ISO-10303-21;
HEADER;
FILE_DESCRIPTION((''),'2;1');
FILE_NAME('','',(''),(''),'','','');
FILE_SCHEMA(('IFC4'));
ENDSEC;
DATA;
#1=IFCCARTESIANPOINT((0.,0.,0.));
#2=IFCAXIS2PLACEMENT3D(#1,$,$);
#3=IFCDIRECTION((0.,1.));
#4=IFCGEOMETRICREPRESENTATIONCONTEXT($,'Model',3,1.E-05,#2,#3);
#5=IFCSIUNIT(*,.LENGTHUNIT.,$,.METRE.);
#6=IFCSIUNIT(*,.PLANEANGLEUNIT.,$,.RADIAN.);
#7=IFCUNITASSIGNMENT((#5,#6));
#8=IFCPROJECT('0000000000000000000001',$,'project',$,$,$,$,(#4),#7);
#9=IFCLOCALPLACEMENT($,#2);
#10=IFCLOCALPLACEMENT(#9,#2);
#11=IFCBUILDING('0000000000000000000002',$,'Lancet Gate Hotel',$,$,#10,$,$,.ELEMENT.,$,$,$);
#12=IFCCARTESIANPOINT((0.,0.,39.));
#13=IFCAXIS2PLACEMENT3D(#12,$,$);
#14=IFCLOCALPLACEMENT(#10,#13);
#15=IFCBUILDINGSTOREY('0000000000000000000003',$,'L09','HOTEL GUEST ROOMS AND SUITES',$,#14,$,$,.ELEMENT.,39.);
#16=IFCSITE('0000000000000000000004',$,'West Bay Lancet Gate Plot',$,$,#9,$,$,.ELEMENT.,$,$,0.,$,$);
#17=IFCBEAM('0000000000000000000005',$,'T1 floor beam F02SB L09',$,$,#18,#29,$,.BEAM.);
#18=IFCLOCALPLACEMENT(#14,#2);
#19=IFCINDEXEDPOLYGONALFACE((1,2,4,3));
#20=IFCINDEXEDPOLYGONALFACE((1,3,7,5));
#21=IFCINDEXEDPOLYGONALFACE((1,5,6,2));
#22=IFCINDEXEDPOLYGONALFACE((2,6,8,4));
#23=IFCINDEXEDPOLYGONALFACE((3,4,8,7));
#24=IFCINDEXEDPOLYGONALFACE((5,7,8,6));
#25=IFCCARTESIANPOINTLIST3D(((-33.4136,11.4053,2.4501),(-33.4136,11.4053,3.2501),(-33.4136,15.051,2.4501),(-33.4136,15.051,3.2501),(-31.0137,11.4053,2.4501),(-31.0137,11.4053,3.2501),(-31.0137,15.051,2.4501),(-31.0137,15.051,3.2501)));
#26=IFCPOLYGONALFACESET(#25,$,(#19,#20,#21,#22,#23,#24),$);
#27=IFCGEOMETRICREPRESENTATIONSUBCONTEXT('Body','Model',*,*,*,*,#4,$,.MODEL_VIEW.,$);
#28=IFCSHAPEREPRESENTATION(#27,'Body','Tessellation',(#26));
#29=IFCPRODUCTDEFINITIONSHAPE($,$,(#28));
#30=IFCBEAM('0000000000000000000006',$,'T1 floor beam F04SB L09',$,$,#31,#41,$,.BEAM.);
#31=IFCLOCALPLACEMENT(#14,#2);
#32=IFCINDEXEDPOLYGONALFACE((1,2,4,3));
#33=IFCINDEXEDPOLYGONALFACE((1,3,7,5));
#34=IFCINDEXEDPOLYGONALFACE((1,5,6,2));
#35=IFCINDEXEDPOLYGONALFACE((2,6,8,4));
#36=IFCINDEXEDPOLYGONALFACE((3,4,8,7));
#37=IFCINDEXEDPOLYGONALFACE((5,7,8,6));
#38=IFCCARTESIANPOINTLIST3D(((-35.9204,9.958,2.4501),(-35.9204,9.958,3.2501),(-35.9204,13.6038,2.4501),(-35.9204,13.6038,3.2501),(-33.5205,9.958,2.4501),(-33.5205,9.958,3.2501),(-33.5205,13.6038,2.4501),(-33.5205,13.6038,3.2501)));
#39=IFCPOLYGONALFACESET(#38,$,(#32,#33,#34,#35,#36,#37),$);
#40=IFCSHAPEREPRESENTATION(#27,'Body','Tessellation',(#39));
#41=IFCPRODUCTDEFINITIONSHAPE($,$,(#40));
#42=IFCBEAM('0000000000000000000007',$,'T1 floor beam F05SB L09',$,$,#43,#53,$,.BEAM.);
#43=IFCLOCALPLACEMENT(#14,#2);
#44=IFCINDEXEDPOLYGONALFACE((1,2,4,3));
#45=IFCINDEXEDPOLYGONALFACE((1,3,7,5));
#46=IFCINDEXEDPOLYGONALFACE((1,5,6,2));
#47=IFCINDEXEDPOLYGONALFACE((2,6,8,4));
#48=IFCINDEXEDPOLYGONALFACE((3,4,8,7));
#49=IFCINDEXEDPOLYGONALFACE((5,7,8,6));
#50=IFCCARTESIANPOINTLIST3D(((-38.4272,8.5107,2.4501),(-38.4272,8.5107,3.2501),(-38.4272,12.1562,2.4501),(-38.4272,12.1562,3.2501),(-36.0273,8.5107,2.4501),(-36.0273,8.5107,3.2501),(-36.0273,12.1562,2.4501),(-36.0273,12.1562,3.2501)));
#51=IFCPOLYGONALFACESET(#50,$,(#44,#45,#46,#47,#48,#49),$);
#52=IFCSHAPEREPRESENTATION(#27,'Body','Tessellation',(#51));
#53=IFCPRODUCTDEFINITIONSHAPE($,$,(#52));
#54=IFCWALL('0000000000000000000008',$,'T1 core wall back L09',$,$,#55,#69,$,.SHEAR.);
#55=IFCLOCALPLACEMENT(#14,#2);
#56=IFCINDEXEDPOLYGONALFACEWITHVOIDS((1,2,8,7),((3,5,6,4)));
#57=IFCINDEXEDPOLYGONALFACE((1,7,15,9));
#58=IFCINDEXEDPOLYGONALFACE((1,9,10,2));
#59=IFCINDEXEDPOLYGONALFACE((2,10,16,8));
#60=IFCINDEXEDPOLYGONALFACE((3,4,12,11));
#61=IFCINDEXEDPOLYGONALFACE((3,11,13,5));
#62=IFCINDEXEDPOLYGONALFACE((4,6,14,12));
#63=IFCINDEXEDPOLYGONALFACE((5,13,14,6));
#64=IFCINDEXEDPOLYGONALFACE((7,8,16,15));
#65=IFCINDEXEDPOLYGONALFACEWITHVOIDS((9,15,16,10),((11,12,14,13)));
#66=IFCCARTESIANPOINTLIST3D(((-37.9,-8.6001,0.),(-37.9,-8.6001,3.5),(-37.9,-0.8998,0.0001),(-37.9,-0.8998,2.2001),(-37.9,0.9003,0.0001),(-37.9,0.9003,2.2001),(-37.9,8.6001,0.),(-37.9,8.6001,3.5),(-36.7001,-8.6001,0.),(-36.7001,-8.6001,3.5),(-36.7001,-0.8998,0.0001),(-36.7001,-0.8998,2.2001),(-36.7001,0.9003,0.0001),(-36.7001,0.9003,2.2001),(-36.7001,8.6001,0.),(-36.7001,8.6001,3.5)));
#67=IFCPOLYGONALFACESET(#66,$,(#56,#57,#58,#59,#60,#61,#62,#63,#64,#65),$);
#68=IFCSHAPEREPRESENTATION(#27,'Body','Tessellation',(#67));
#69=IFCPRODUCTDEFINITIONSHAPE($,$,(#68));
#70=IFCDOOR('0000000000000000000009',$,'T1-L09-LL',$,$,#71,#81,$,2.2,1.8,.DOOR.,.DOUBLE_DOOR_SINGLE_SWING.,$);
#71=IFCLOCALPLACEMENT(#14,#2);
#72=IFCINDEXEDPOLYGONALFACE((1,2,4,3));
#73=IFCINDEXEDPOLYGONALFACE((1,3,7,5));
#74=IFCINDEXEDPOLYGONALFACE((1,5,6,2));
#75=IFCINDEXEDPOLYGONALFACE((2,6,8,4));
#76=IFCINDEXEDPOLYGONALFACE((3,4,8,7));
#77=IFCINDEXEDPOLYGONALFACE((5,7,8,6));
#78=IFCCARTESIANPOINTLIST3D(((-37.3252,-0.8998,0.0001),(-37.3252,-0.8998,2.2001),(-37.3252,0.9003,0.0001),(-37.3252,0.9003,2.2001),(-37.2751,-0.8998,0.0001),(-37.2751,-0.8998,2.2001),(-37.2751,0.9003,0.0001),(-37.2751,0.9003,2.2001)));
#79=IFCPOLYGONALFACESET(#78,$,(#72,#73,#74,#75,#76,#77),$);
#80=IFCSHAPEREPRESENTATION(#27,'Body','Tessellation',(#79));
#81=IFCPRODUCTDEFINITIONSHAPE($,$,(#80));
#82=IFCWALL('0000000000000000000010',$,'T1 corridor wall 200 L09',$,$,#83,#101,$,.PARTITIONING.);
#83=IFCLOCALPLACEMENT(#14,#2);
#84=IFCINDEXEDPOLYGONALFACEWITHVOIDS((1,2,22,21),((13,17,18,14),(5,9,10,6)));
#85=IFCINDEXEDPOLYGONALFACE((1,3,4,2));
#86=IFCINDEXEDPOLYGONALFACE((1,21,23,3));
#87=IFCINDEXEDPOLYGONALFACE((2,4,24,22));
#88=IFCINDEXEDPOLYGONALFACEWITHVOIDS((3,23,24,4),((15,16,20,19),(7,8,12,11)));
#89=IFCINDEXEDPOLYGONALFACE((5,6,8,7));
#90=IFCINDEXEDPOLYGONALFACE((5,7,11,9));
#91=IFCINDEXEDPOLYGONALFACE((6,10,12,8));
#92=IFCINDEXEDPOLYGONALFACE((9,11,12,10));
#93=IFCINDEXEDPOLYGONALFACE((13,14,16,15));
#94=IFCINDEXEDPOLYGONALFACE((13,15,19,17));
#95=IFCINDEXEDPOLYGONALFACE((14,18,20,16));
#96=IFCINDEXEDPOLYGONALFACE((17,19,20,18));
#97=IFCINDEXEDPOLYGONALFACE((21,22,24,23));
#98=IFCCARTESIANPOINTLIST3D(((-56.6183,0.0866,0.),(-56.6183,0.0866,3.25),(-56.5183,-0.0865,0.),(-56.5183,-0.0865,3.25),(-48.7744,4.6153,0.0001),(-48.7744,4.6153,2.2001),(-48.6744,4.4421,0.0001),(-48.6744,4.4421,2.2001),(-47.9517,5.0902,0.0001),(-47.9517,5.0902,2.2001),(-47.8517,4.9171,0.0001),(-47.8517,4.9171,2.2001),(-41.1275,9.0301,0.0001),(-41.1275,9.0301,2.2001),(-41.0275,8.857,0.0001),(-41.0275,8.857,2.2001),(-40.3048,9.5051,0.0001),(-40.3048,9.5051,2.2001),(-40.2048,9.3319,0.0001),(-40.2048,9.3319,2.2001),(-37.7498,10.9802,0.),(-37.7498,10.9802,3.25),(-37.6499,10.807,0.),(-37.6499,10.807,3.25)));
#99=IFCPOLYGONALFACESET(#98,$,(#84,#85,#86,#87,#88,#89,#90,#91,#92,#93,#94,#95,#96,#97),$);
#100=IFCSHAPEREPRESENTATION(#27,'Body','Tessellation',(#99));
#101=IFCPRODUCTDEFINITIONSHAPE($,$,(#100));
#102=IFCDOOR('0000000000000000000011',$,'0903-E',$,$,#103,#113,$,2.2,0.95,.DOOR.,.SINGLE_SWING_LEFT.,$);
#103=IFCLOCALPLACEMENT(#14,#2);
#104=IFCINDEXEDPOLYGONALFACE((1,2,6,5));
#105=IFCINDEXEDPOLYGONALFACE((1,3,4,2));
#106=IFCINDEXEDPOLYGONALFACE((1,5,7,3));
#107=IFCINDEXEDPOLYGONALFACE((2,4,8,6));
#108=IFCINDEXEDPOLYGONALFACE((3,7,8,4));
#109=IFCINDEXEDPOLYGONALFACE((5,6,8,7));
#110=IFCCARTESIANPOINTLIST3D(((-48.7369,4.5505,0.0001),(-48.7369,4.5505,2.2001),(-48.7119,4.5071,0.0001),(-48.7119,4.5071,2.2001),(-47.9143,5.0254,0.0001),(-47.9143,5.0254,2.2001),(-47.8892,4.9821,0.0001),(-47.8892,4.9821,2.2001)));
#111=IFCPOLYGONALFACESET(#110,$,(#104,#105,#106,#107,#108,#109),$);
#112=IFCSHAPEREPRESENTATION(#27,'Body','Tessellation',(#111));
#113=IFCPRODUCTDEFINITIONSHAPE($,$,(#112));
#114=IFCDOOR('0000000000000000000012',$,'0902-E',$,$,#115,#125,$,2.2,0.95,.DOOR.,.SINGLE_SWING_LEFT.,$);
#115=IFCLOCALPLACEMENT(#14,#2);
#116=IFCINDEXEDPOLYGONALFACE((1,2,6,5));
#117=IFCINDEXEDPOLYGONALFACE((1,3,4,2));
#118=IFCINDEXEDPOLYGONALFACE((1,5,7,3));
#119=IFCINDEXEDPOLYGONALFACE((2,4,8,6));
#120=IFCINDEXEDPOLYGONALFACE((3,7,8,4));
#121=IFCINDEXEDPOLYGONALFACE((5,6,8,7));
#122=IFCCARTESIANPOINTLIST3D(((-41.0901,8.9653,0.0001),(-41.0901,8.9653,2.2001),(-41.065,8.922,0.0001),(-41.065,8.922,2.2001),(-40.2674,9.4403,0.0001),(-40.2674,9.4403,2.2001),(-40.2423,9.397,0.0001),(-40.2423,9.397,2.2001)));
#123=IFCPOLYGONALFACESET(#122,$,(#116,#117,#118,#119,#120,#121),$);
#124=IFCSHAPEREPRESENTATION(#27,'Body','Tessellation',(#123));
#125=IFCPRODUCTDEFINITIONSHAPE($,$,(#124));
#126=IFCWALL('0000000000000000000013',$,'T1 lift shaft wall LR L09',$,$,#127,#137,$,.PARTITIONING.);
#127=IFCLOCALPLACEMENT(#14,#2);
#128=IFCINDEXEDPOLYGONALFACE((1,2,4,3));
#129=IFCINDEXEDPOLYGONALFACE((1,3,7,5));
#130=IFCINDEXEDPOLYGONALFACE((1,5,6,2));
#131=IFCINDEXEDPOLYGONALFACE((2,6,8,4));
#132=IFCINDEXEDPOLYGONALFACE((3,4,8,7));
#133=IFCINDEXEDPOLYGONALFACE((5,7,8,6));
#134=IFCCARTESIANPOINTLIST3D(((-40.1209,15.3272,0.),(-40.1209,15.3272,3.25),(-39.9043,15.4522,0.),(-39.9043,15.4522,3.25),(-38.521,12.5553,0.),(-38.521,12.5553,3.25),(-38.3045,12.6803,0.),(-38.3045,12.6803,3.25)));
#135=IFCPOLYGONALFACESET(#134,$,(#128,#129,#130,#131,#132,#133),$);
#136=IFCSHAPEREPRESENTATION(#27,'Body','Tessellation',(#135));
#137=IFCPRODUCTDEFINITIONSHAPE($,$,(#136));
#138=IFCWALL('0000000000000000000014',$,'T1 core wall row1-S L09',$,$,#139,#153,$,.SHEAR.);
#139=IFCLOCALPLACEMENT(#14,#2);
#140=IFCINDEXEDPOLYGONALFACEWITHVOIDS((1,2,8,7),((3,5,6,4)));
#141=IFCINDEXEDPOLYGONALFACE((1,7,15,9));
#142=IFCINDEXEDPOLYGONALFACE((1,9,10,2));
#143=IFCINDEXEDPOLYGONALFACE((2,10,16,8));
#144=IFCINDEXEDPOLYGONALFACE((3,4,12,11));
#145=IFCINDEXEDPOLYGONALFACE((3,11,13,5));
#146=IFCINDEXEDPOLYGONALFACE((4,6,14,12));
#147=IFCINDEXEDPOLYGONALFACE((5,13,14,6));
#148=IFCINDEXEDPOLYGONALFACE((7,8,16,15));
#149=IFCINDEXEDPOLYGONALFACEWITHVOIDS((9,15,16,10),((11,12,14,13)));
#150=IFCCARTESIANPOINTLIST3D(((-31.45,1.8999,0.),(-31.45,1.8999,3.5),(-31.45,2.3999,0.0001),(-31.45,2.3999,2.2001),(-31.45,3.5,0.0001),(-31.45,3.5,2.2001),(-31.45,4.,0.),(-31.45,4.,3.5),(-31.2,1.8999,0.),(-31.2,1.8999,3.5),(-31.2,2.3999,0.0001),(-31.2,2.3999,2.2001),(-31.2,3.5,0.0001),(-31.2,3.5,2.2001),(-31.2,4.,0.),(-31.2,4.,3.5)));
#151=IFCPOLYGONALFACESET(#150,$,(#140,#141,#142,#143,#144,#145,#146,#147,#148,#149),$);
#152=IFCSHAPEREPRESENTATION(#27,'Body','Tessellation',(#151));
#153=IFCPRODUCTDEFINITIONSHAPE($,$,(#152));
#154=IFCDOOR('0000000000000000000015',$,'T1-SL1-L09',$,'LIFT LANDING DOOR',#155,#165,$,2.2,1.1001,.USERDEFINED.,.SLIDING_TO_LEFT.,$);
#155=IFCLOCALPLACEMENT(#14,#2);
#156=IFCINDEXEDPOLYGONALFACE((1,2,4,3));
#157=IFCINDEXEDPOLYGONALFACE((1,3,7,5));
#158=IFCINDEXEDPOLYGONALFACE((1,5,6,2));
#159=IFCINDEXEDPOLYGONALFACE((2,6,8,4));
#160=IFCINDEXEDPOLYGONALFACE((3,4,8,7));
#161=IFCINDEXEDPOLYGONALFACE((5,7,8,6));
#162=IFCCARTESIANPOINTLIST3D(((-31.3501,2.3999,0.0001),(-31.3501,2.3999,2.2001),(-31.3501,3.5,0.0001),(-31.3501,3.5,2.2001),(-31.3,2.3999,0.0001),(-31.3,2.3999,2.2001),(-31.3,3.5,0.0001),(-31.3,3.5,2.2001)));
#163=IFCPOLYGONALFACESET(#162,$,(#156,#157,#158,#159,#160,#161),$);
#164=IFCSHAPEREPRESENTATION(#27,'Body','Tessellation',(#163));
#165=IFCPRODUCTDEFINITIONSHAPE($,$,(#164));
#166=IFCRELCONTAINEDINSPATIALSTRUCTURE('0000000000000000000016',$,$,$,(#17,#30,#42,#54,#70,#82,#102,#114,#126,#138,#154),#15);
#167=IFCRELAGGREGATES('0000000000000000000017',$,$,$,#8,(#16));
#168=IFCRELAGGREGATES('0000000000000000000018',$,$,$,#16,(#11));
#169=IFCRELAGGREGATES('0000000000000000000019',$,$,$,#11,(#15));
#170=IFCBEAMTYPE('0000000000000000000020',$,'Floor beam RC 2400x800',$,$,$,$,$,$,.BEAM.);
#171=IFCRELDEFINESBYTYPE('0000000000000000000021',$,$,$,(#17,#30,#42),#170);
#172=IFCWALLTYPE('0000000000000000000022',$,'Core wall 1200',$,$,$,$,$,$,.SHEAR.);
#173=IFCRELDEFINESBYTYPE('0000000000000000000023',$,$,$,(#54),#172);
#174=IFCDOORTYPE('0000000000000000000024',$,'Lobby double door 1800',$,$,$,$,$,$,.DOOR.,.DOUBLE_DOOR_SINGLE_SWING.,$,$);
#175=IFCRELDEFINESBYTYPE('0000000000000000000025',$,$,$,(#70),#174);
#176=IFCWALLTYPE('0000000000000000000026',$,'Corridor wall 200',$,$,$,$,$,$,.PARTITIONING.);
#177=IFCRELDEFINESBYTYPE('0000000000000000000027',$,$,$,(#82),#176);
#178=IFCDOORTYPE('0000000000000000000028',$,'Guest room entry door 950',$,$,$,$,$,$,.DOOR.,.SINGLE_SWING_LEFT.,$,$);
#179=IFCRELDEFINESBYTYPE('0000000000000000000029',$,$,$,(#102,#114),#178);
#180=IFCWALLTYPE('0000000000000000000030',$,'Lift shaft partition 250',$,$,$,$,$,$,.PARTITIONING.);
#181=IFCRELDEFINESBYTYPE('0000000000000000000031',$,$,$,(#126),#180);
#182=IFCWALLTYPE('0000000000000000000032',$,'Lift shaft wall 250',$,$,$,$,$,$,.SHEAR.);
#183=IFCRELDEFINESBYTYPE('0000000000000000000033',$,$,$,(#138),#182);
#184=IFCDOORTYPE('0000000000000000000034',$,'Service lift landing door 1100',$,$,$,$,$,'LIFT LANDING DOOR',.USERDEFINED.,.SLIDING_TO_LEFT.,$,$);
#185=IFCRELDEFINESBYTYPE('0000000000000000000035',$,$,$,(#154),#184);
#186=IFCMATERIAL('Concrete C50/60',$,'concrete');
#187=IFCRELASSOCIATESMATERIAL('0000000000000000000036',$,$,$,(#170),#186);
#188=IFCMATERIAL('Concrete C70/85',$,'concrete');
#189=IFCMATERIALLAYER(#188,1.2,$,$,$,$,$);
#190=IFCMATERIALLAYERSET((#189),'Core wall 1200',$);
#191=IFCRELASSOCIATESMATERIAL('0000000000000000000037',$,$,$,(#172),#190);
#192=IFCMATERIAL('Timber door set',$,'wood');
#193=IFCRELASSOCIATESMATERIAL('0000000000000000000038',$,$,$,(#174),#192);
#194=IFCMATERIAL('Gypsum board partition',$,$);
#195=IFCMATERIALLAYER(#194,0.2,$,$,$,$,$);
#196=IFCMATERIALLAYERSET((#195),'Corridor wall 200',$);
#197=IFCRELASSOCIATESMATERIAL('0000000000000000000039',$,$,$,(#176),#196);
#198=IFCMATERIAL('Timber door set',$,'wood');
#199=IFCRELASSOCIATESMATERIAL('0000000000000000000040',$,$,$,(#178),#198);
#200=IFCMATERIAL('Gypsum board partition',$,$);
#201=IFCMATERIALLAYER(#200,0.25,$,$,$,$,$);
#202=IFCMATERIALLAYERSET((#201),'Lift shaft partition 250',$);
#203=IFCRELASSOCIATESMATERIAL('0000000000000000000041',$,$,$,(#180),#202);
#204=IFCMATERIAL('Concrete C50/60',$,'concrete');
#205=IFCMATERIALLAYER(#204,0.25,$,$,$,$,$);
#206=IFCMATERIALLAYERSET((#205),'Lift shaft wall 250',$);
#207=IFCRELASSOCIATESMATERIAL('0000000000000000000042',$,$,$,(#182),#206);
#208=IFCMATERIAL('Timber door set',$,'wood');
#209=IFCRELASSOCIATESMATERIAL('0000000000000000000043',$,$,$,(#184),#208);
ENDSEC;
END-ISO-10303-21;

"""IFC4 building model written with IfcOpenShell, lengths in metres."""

from ifc_helpers import new_model, si_unit, direction, frame, frame_2d, origin, origin_2d, place, context, subcontext, project, spatial, rectangle, extrude, material, layer, layer_set, material_profile, profile_set, type_object, element, fill, save


model = new_model("IFC4")

# Units and contexts
model_context = context("Model", 3, precision=1e-05, world=origin(), true_north=direction((0.0, 1.0)))
body_context = subcontext(model_context, "Body", "Model", "MODEL_VIEW")
ifc_project = project(units=[si_unit("LENGTHUNIT", "METRE"), si_unit("PLANEANGLEUNIT", "RADIAN")], contexts=[model_context])

# Site, building, storey
site_placement = place(None, origin())
site = spatial("IfcSite", under=ifc_project, at=site_placement, Name="West Bay Lancet Gate Plot", CompositionType="ELEMENT", RefElevation=0.0)
building_placement = place(site_placement, origin())
building = spatial("IfcBuilding", under=site, at=building_placement, Name="Lancet Gate Hotel", CompositionType="ELEMENT")
storey_placement = place(building_placement, frame((0.0, 0.0, 39.0)))
storey = spatial("IfcBuildingStorey", under=building, at=storey_placement, Name="L09", Description="HOTEL GUEST ROOMS AND SUITES", CompositionType="ELEMENT", Elevation=39.0)

# Beams
ifc_material_1 = material(Name="Concrete C50/60", Category="concrete")
ifc_material_profile = material_profile(ifc_material_1, rectangle(XDim=2.3999, YDim=0.8, at=origin_2d()), Name="RC 2400x800")
ifc_profile_set = profile_set([ifc_material_profile], Name="Concrete C50/60")
beam_type = type_object("IfcBeamType", Name="Floor beam RC 2400x800", PredefinedType="BEAM", material=ifc_profile_set)
for number, where, z_axis, x_axis, name in (
    (1, (-32.2136, 15.051, 2.8501), (0.0, -1.0, 0.0), (1.0, 0.0, 0.0), "T1 floor beam F02SB L09"),
    (2, (-34.7205, 13.6038, 2.8501), (0.0, -1.0, 0.0), (1.0, 0.0, 0.0), "T1 floor beam F04SB L09"),
):
    element("IfcBeam", number, at=place(storey_placement, frame(where, z_axis=z_axis, x_axis=x_axis)), inside=storey, type_object=beam_type, Name=name, PredefinedType="BEAM", context=body_context, shape_type="SweptSolid", body=[
        extrude(rectangle(XDim=2.3999, YDim=0.8, at=origin_2d()), origin(), (0.0, 0.0, 1.0), 3.6458),
    ])
beam_placement = place(storey_placement, frame((-37.2273, 12.1562, 2.8501), z_axis=(0.0, -1.0, 0.0), x_axis=(1.0, 0.0, 0.0)))
element("IfcBeam", 3, at=beam_placement, inside=storey, type_object=beam_type, Name="T1 floor beam F05SB L09", PredefinedType="BEAM", context=body_context, shape_type="SweptSolid", body=[
    extrude(rectangle(XDim=2.3999, YDim=0.8, at=origin_2d()), origin(), (0.0, 0.0, 1.0), 3.6455),
])

# Wall, opening, door
ifc_material_2 = material(Name="Concrete C70/85", Category="concrete")
ifc_layer_1 = layer(ifc_material_2, 1.2)
ifc_layer_set_1 = layer_set([ifc_layer_1], Name="Core wall 1200")
wall_type_1 = type_object("IfcWallType", Name="Core wall 1200", PredefinedType="SHEAR", material=ifc_layer_set_1)
wall_1_placement = place(storey_placement, frame((-37.3, 8.6001, 0.0), z_axis=(0.0, 0.0, 1.0), x_axis=(0.0, -1.0, 0.0)))
wall_1 = element("IfcWall", 4, at=wall_1_placement, inside=storey, type_object=wall_type_1, Name="T1 core wall back L09", PredefinedType="SHEAR", context=body_context, shape_type="SweptSolid", body=[
    extrude(rectangle(XDim=17.2002, YDim=1.2, at=frame_2d((8.6001, 0.0))), origin(), (0.0, 0.0, 1.0), 3.5),
])
opening_1_placement = place(wall_1_placement, frame((7.7, 0.0, 0.0)))
opening_1 = element("IfcOpeningElement", 5, at=opening_1_placement, cuts=wall_1, PredefinedType="OPENING", context=body_context, shape_type="SweptSolid", body=[
    extrude(rectangle(XDim=1.8, YDim=2.2, at=frame_2d((0.8999, 1.1001))), frame((0.0, 0.6099, 0.0), z_axis=(0.0, -1.0, 0.0), x_axis=(1.0, 0.0, 0.0)), (0.0, 0.0, 1.0), 1.22),
])
ifc_material_3 = material(Name="Timber door set", Category="wood")
door_type_1 = type_object("IfcDoorType", Name="Lobby double door 1800", OperationType="DOUBLE_DOOR_SINGLE_SWING", PredefinedType="DOOR", material=ifc_material_3)
door_1_placement = place(opening_1_placement, origin())
door_1 = element("IfcDoor", 6, at=door_1_placement, inside=storey, type_object=door_type_1, Name="T1-L09-LL", OperationType="DOUBLE_DOOR_SINGLE_SWING", OverallHeight=2.2, OverallWidth=1.8, PredefinedType="DOOR", context=body_context, shape_type="SweptSolid", body=[
    extrude(rectangle(XDim=1.8, YDim=2.2, at=frame_2d((0.8999, 1.1001))), frame((0.0, 0.0249, 0.0), z_axis=(0.0, -1.0, 0.0), x_axis=(1.0, 0.0, 0.0)), (0.0, 0.0, 1.0), 0.05),
])
fill(opening_1, door_1)

# Wall, openings, doors
ifc_material_4 = material(Name="Gypsum board partition")
ifc_layer_2 = layer(ifc_material_4, 0.2)
ifc_layer_set_2 = layer_set([ifc_layer_2], Name="Corridor wall 200")
wall_type_2 = type_object("IfcWallType", Name="Corridor wall 200", PredefinedType="PARTITIONING", material=ifc_layer_set_2)
wall_2_placement = place(storey_placement, frame((-37.7, 10.8936, 0.0), z_axis=(0.0, 0.0, 1.0), x_axis=(-0.866028, -0.499996, 0.0)))
wall_2 = element("IfcWall", 7, at=wall_2_placement, inside=storey, type_object=wall_type_2, Name="T1 corridor wall 200 L09", PredefinedType="PARTITIONING", context=body_context, shape_type="SweptSolid", body=[
    extrude(rectangle(XDim=21.7874, YDim=0.2, at=frame_2d((10.8936, 0.0))), origin(), (0.0, 0.0, 1.0), 3.25),
])
opening_2_placement = place(wall_2_placement, frame((11.7798, 0.0, 0.0)))
opening_2 = element("IfcOpeningElement", 8, at=opening_2_placement, cuts=wall_2, PredefinedType="OPENING", context=body_context, shape_type="SweptSolid", body=[
    extrude(rectangle(XDim=0.95, YDim=2.2, at=frame_2d((0.4751, 1.1001))), frame((0.0, 0.1099, 0.0), z_axis=(0.0, -1.0, 0.0), x_axis=(1.0, 0.0, 0.0)), (0.0, 0.0, 1.0), 0.22),
])
opening_3_placement = place(wall_2_placement, frame((2.95, 0.0, 0.0)))
opening_3 = element("IfcOpeningElement", 9, at=opening_3_placement, cuts=wall_2, PredefinedType="OPENING", context=body_context, shape_type="SweptSolid", body=[
    extrude(rectangle(XDim=0.95, YDim=2.2, at=frame_2d((0.4751, 1.1001))), frame((0.0, 0.1099, 0.0), z_axis=(0.0, -1.0, 0.0), x_axis=(1.0, 0.0, 0.0)), (0.0, 0.0, 1.0), 0.22),
])
ifc_material_5 = material(Name="Timber door set", Category="wood")
door_type_2 = type_object("IfcDoorType", Name="Guest room entry door 950", OperationType="SINGLE_SWING_LEFT", PredefinedType="DOOR", material=ifc_material_5)
door_2_placement = place(opening_2_placement, origin())
door_2 = element("IfcDoor", 10, at=door_2_placement, inside=storey, type_object=door_type_2, Name="0903-E", OperationType="SINGLE_SWING_LEFT", OverallHeight=2.2, OverallWidth=0.95, PredefinedType="DOOR", context=body_context, shape_type="SweptSolid", body=[
    extrude(rectangle(XDim=0.95, YDim=2.2, at=frame_2d((0.4751, 1.1001))), frame((0.0, 0.0249, 0.0), z_axis=(0.0, -1.0, 0.0), x_axis=(1.0, 0.0, 0.0)), (0.0, 0.0, 1.0), 0.05),
])
fill(opening_2, door_2)
door_3_placement = place(opening_3_placement, origin())
door_3 = element("IfcDoor", 11, at=door_3_placement, inside=storey, type_object=door_type_2, Name="0902-E", OperationType="SINGLE_SWING_LEFT", OverallHeight=2.2, OverallWidth=0.95, PredefinedType="DOOR", context=body_context, shape_type="SweptSolid", body=[
    extrude(rectangle(XDim=0.95, YDim=2.2, at=frame_2d((0.4751, 1.1001))), frame((0.0, 0.0249, 0.0), z_axis=(0.0, -1.0, 0.0), x_axis=(1.0, 0.0, 0.0)), (0.0, 0.0, 1.0), 0.05),
])
fill(opening_3, door_3)

# Wall
ifc_material_6 = material(Name="Gypsum board partition")
ifc_layer_3 = layer(ifc_material_6, 0.25)
ifc_layer_set_3 = layer_set([ifc_layer_3], Name="Lift shaft partition 250")
wall_type_3 = type_object("IfcWallType", Name="Lift shaft partition 250", PredefinedType="PARTITIONING", material=ifc_layer_set_3)
wall_3_placement = place(storey_placement, frame((-38.4128, 12.6179, 0.0), z_axis=(0.0, 0.0, 1.0), x_axis=(-0.499872, 0.866099, 0.0)))
element("IfcWall", 12, at=wall_3_placement, inside=storey, type_object=wall_type_3, Name="T1 lift shaft wall LR L09", PredefinedType="PARTITIONING", context=body_context, shape_type="SweptSolid", body=[
    extrude(rectangle(XDim=3.2004, YDim=0.25, at=frame_2d((1.6001, 0.0))), origin(), (0.0, 0.0, 1.0), 3.25),
])

# Wall, opening, door
ifc_material_7 = material(Name="Concrete C50/60", Category="concrete")
ifc_layer_4 = layer(ifc_material_7, 0.25)
ifc_layer_set_4 = layer_set([ifc_layer_4], Name="Lift shaft wall 250")
wall_type_4 = type_object("IfcWallType", Name="Lift shaft wall 250", PredefinedType="SHEAR", material=ifc_layer_set_4)
wall_4_placement = place(storey_placement, frame((-31.325, 4.0, 0.0), z_axis=(0.0, 0.0, 1.0), x_axis=(0.0, -1.0, 0.0)))
wall_4 = element("IfcWall", 13, at=wall_4_placement, inside=storey, type_object=wall_type_4, Name="T1 core wall row1-S L09", PredefinedType="SHEAR", context=body_context, shape_type="SweptSolid", body=[
    extrude(rectangle(XDim=2.1001, YDim=0.25, at=frame_2d((1.05, 0.0))), origin(), (0.0, 0.0, 1.0), 3.5),
])
opening_4_placement = place(wall_4_placement, frame((0.5, 0.0, 0.0)))
opening_4 = element("IfcOpeningElement", 14, at=opening_4_placement, cuts=wall_4, PredefinedType="OPENING", context=body_context, shape_type="SweptSolid", body=[
    extrude(rectangle(XDim=1.1001, YDim=2.2, at=frame_2d((0.55, 1.1001))), frame((0.0, 0.135, 0.0), z_axis=(0.0, -1.0, 0.0), x_axis=(1.0, 0.0, 0.0)), (0.0, 0.0, 1.0), 0.27),
])
ifc_material_8 = material(Name="Timber door set", Category="wood")
door_type_3 = type_object("IfcDoorType", Name="Service lift landing door 1100", ElementType="LIFT LANDING DOOR", OperationType="SLIDING_TO_LEFT", PredefinedType="USERDEFINED", material=ifc_material_8)
door_4_placement = place(opening_4_placement, origin())
door_4 = element("IfcDoor", 15, at=door_4_placement, inside=storey, type_object=door_type_3, Name="T1-SL1-L09", ObjectType="LIFT LANDING DOOR", OperationType="SLIDING_TO_LEFT", OverallHeight=2.2, OverallWidth=1.1001, PredefinedType="USERDEFINED", context=body_context, shape_type="SweptSolid", body=[
    extrude(rectangle(XDim=1.1001, YDim=2.2, at=frame_2d((0.55, 1.1001))), frame((0.0, 0.0249, 0.0), z_axis=(0.0, -1.0, 0.0), x_axis=(1.0, 0.0, 0.0)), (0.0, 0.0, 1.0), 0.05),
])
fill(opening_4, door_4)

save(model, "model.ifc")
